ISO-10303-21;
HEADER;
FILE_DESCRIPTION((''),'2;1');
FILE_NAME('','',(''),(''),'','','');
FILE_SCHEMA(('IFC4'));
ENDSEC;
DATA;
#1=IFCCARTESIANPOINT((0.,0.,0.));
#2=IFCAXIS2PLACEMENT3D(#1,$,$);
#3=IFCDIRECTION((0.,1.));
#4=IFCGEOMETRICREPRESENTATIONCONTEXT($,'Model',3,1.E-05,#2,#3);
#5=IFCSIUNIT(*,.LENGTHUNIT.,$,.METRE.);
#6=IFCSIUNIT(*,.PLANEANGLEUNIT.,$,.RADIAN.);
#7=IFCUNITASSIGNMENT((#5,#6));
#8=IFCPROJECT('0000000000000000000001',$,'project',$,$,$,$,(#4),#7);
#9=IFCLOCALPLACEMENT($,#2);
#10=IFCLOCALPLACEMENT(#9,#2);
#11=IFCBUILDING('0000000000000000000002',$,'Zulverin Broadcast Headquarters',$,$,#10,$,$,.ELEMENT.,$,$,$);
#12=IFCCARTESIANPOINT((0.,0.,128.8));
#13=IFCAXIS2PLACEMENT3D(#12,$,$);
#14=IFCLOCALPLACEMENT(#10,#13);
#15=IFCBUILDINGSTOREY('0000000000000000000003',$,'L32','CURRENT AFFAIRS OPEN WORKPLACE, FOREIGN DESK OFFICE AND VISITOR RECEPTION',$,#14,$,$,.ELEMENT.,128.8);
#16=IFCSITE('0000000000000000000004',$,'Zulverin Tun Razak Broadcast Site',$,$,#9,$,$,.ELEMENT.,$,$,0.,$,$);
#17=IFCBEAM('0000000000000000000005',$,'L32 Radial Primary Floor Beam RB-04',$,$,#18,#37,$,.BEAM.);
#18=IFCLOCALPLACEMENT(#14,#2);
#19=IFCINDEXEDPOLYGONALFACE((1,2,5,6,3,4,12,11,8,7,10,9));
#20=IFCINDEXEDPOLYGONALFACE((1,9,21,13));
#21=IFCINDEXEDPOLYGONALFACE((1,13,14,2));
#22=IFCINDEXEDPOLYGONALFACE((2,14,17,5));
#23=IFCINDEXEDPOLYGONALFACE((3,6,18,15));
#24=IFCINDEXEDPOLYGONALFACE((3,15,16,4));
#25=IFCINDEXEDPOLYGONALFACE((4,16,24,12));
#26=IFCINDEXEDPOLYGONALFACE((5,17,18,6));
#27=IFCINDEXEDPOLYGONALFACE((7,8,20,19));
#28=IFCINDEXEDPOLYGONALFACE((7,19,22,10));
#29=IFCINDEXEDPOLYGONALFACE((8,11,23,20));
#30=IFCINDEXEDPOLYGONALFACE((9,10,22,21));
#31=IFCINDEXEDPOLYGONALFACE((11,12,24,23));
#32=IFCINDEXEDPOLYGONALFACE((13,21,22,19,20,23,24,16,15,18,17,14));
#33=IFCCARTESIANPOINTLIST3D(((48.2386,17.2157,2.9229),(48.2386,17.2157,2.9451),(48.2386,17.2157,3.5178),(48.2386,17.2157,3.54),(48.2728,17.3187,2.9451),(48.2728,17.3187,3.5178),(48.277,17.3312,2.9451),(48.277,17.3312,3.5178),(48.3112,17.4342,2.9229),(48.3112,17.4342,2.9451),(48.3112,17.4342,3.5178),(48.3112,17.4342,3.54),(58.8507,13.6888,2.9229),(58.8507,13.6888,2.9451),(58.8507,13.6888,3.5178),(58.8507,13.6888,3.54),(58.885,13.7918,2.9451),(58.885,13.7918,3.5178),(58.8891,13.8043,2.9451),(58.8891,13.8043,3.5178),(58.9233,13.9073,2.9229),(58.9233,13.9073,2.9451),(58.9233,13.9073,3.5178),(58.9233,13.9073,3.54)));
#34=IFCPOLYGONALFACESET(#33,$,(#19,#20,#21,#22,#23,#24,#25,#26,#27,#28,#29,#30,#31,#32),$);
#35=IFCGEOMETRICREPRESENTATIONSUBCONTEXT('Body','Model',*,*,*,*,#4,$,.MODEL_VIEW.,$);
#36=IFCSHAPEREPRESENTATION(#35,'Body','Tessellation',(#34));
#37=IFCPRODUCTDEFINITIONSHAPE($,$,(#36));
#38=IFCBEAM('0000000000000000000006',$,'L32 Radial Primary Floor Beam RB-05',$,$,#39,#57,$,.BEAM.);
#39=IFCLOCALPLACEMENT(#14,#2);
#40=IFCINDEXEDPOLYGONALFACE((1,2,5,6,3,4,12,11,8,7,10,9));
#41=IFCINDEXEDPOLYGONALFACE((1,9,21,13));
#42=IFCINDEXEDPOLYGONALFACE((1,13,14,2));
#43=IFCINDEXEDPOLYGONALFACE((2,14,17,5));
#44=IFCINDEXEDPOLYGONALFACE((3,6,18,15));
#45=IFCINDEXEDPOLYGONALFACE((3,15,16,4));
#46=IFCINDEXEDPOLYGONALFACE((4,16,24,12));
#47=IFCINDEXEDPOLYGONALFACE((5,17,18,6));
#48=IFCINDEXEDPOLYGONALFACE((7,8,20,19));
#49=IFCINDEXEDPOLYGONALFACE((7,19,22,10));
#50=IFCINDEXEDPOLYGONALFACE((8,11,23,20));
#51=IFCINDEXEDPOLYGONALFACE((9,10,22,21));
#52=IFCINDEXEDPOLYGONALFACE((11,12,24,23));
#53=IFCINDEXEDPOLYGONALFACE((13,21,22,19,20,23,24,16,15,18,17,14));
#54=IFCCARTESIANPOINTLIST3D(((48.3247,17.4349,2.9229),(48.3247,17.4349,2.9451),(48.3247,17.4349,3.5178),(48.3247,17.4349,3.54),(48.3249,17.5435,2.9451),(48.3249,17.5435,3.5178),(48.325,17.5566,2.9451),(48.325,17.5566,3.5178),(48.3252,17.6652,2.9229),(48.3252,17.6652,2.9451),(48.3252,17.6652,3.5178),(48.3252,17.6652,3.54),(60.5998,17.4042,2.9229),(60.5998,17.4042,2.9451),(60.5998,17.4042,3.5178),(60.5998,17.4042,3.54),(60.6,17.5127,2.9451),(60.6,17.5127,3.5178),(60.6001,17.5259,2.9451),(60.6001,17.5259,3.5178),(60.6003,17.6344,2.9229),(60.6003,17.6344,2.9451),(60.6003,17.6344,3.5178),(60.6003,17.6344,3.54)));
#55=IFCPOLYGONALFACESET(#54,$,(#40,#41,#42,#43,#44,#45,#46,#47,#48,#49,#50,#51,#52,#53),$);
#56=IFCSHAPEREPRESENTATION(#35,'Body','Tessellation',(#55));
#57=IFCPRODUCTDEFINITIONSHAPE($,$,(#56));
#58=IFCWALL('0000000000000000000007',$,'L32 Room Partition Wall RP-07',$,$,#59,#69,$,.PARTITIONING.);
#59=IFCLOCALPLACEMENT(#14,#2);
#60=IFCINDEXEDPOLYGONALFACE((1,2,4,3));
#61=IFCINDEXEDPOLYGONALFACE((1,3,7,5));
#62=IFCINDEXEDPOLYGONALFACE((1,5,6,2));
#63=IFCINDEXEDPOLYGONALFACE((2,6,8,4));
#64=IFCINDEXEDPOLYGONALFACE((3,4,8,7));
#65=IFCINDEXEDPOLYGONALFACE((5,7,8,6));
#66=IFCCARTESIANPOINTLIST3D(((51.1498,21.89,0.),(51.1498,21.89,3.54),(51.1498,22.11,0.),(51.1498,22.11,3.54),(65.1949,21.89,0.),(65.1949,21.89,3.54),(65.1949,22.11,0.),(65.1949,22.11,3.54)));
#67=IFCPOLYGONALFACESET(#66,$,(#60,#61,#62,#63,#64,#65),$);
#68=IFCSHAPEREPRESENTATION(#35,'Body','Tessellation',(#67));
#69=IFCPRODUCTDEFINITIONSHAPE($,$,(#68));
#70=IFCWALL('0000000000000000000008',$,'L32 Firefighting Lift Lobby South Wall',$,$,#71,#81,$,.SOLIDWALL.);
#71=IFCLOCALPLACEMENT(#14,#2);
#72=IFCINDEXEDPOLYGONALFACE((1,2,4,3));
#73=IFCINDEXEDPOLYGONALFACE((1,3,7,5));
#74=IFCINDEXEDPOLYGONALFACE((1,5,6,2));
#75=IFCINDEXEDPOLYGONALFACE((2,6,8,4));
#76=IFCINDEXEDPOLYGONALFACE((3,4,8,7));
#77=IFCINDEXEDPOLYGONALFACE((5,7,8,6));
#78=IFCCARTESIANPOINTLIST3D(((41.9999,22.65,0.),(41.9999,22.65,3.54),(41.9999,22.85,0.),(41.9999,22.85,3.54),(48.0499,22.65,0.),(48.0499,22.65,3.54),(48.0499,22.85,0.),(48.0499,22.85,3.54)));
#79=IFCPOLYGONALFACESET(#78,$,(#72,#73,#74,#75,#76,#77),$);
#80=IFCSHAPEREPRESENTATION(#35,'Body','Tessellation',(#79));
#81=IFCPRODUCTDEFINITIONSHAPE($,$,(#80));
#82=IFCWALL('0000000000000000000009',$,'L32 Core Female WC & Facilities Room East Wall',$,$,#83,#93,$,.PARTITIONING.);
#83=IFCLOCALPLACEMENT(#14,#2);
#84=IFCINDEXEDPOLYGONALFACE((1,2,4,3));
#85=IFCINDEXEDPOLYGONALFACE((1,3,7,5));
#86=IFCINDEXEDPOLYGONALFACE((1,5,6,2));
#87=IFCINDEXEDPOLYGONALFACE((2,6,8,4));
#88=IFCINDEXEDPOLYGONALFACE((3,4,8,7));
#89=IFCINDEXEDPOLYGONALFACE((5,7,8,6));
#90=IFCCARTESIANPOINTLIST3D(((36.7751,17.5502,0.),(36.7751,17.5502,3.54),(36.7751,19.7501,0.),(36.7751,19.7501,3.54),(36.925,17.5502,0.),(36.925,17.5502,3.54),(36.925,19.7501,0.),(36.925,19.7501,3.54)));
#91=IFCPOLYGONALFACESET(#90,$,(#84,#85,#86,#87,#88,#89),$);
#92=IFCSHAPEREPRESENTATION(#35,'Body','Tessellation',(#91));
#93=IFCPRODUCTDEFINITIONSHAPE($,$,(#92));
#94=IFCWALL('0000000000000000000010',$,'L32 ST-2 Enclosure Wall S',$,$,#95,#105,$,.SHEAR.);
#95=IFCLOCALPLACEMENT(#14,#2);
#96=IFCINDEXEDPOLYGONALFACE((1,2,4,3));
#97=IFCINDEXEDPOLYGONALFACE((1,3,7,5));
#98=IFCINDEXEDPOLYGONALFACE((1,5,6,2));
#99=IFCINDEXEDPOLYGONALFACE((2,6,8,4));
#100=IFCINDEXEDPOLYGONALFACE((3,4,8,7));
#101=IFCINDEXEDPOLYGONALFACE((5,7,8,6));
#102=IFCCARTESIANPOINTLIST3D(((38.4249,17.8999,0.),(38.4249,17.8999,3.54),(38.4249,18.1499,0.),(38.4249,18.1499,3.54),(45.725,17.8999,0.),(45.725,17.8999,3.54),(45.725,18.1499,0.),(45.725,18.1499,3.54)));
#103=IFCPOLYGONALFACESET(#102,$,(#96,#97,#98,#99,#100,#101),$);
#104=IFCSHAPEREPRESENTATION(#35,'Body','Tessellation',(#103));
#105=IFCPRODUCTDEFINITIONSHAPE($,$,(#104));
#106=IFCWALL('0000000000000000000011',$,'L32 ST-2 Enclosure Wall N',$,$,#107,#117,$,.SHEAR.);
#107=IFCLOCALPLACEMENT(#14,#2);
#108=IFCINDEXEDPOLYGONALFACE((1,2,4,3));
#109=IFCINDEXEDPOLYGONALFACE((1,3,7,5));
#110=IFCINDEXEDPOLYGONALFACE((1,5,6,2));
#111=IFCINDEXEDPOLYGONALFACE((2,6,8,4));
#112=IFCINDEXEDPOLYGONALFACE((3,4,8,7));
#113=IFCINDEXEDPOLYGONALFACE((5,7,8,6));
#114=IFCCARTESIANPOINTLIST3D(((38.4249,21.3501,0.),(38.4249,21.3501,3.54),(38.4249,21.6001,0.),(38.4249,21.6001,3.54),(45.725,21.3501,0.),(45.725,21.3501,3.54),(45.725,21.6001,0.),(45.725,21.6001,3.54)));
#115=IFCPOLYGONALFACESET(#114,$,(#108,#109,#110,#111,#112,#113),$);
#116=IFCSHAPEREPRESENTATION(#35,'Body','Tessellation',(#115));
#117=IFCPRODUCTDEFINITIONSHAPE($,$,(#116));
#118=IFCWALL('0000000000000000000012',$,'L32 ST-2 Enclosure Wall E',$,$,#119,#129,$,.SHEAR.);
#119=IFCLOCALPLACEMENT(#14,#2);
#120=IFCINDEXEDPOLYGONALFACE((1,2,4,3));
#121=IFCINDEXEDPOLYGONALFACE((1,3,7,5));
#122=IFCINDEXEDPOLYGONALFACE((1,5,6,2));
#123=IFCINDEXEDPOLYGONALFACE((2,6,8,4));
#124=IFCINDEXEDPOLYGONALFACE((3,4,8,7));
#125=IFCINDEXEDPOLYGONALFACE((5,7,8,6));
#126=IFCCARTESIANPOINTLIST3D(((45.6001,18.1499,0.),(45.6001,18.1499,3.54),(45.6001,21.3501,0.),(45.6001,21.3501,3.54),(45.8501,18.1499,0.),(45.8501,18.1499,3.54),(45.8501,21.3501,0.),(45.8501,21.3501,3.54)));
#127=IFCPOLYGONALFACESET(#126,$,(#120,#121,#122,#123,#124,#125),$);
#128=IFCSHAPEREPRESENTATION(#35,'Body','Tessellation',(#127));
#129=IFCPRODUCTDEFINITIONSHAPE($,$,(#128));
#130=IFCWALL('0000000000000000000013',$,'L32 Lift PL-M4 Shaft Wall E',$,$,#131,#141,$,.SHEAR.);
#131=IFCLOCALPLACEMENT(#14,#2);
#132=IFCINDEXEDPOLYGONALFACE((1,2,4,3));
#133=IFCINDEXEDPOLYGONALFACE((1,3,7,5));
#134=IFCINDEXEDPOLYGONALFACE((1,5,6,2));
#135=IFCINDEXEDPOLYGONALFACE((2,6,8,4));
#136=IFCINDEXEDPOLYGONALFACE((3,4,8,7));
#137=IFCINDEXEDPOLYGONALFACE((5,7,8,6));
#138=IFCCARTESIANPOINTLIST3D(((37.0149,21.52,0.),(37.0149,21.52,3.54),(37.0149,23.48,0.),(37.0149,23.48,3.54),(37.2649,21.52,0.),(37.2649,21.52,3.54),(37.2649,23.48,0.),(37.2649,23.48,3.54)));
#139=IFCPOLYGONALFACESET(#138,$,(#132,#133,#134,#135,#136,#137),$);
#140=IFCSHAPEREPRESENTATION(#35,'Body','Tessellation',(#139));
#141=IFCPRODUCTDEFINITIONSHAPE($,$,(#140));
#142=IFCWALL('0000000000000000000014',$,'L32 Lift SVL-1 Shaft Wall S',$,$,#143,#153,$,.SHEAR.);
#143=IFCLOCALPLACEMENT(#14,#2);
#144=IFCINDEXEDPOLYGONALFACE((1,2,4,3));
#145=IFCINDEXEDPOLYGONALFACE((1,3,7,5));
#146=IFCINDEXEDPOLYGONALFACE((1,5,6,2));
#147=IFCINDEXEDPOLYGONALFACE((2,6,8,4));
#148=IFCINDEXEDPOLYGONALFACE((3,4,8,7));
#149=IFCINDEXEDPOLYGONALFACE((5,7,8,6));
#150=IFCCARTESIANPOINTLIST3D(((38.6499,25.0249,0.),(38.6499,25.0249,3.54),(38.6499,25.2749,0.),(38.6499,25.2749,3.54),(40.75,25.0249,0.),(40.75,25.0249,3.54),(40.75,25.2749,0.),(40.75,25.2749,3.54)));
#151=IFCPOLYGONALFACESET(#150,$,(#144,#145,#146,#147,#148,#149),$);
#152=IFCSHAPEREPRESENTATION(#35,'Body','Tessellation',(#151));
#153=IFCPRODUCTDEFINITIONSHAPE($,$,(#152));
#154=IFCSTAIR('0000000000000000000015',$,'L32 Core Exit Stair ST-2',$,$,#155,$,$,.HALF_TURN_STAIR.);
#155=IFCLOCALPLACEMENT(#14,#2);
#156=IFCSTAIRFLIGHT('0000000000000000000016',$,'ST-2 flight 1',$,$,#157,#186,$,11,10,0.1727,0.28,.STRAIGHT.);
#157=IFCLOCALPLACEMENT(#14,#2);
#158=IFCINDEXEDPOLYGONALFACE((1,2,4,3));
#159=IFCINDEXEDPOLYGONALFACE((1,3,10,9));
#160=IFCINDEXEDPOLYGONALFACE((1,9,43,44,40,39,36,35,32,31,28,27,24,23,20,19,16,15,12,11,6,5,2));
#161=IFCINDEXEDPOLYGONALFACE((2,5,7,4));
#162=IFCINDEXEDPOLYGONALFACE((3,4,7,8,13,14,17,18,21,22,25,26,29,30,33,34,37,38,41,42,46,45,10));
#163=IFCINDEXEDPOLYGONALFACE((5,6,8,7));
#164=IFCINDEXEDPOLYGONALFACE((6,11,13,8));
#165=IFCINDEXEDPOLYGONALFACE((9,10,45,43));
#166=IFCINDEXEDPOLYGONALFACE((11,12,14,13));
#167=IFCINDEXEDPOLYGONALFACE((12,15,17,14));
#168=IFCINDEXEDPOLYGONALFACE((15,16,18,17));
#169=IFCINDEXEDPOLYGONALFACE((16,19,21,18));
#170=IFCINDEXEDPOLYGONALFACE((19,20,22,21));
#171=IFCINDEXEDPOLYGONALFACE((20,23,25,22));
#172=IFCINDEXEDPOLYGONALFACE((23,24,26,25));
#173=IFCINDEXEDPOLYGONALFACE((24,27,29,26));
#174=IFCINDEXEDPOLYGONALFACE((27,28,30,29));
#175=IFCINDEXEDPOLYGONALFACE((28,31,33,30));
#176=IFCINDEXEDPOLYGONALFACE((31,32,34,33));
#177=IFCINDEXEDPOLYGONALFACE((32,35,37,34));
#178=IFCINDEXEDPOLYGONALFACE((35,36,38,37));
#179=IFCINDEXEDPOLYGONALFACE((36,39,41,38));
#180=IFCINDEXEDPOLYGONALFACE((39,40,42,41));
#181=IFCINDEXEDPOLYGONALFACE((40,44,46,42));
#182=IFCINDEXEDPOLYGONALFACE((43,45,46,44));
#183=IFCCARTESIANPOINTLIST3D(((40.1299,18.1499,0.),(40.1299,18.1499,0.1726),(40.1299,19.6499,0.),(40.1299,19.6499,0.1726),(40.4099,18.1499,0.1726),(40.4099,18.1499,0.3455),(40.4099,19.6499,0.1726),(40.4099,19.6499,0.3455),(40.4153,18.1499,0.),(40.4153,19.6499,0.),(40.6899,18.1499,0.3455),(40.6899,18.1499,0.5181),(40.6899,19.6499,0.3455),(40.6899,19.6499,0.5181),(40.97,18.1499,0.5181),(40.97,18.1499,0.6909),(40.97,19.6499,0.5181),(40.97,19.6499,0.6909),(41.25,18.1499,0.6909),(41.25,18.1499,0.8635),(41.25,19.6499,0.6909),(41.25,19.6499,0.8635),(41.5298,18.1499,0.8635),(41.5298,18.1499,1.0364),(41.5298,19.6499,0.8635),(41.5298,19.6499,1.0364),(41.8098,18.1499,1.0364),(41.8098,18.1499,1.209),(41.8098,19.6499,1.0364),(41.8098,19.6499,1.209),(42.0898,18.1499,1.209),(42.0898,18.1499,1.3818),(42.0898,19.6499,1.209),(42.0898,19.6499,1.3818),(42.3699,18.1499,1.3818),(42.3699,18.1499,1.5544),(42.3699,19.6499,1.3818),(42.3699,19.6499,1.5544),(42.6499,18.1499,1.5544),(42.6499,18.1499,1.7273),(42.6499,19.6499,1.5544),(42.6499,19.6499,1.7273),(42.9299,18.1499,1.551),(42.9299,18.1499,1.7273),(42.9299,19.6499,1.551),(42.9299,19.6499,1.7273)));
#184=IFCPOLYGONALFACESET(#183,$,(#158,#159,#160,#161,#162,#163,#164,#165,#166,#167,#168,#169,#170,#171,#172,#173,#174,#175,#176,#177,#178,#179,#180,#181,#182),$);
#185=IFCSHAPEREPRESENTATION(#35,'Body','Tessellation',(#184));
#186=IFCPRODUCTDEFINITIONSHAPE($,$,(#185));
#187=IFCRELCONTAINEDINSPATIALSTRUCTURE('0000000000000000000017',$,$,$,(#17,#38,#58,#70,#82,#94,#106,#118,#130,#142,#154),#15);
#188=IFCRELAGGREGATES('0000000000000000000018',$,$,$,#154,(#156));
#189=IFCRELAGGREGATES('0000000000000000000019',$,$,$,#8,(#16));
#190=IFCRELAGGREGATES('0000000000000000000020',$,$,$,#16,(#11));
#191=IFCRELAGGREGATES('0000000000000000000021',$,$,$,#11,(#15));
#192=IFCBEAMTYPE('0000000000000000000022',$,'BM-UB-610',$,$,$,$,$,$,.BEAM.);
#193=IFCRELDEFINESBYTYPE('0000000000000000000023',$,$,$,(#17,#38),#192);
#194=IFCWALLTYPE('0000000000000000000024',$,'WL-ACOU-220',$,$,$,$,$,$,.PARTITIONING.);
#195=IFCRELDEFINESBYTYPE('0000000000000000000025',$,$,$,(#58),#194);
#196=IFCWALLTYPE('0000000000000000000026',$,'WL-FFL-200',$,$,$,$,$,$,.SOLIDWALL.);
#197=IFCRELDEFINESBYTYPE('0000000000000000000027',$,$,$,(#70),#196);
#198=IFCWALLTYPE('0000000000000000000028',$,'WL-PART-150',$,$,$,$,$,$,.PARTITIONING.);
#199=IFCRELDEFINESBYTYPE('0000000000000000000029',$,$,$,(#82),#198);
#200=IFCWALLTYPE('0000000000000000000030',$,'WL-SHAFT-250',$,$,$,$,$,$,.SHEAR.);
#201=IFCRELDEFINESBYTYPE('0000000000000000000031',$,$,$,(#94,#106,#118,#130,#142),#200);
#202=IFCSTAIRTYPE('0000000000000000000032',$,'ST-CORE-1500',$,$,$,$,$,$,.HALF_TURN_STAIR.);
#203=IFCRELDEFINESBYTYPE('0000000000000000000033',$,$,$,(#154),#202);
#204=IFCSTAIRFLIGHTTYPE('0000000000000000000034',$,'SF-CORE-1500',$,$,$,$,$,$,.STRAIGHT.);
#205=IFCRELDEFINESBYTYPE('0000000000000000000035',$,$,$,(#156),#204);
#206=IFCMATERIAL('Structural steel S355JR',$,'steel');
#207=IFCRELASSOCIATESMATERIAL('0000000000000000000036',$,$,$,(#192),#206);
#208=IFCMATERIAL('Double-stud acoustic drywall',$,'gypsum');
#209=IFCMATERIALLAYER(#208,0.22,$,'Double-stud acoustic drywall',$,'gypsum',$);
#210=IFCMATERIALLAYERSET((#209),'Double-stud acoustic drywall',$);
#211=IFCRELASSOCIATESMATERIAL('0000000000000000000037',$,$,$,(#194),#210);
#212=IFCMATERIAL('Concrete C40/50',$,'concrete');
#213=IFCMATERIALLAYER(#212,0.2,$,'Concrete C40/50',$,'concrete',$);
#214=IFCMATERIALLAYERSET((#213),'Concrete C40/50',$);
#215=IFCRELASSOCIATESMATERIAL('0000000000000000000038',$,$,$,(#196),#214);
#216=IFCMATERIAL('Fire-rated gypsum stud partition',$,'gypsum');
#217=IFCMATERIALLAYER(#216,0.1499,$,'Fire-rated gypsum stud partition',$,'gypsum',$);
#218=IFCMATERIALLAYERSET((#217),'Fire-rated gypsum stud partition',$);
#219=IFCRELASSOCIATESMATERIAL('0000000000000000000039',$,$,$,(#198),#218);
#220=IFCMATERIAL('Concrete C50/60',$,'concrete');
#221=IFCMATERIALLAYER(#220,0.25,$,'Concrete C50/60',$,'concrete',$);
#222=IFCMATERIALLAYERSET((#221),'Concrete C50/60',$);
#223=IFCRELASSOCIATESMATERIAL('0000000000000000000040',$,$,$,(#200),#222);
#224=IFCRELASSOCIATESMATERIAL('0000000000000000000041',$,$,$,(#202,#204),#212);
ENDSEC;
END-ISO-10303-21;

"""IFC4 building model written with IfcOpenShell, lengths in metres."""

from ifc_helpers import new_model, si_unit, direction, frame, frame_2d, origin, origin_2d, place, context, subcontext, project, spatial, polyline, rectangle, i_section, outline, extrude, material, layer, layer_set, material_profile, profile_set, type_object, element, aggregate, save


model = new_model("IFC4")

# Units and contexts
model_context = context("Model", 3, precision=1e-05, world=origin(), true_north=direction((0.0, 1.0)))
body_context = subcontext(model_context, "Body", "Model", "MODEL_VIEW")
ifc_project = project(units=[si_unit("LENGTHUNIT", "METRE"), si_unit("PLANEANGLEUNIT", "RADIAN")], contexts=[model_context])

# Site, building, storey
site_placement = place(None, origin())
site = spatial("IfcSite", under=ifc_project, at=site_placement, Name="Zulverin Tun Razak Broadcast Site", CompositionType="ELEMENT", RefElevation=0.0)
building_placement = place(site_placement, origin())
building = spatial("IfcBuilding", under=site, at=building_placement, Name="Zulverin Broadcast Headquarters", CompositionType="ELEMENT")
storey_placement = place(building_placement, frame((0.0, 0.0, 128.8)))
storey = spatial("IfcBuildingStorey", under=building, at=storey_placement, Name="L32", Description="CURRENT AFFAIRS OPEN WORKPLACE, FOREIGN DESK OFFICE AND VISITOR RECEPTION", CompositionType="ELEMENT", Elevation=128.8)

# Beams
ifc_material_1 = material(Name="Structural steel S355JR", Category="steel")
ifc_material_profile = material_profile(ifc_material_1, i_section(OverallWidth=0.2302, OverallDepth=0.6172, WebThickness=0.0132, FlangeThickness=0.0222, at=origin_2d()), Name="Structural steel S355JR", Category="steel")
ifc_profile_set = profile_set([ifc_material_profile], Name="Structural steel S355JR")
beam_type = type_object("IfcBeamType", Name="BM-UB-610", PredefinedType="BEAM", material=ifc_profile_set)
beam_1_placement = place(storey_placement, frame((48.2749, 17.325, 3.2314), z_axis=(0.948965, -0.315383, 0.0), x_axis=(0.315383, 0.948965, 0.0)))
element("IfcBeam", 1, at=beam_1_placement, inside=storey, type_object=beam_type, Name="L32 Radial Primary Floor Beam RB-04", PredefinedType="BEAM", context=body_context, shape_type="SweptSolid", body=[
    extrude(i_section(OverallWidth=0.2302, OverallDepth=0.6172, WebThickness=0.0132, FlangeThickness=0.0222, at=origin_2d()), origin(), (0.0, 0.0, 1.0), 11.1829),
])
beam_2_placement = place(storey_placement, frame((48.325, 17.55, 3.2314), z_axis=(0.999997, -0.002506, 0.0), x_axis=(0.002506, 0.999997, 0.0)))
element("IfcBeam", 2, at=beam_2_placement, inside=storey, type_object=beam_type, Name="L32 Radial Primary Floor Beam RB-05", PredefinedType="BEAM", context=body_context, shape_type="SweptSolid", body=[
    extrude(i_section(OverallWidth=0.2302, OverallDepth=0.6172, WebThickness=0.0132, FlangeThickness=0.0222, at=origin_2d()), origin(), (0.0, 0.0, 1.0), 12.2751),
])

# Wall
ifc_material_2 = material(Name="Double-stud acoustic drywall", Category="gypsum")
ifc_layer_1 = layer(ifc_material_2, 0.22, Name="Double-stud acoustic drywall", Category="gypsum")
ifc_layer_set_1 = layer_set([ifc_layer_1], Name="Double-stud acoustic drywall")
wall_type_1 = type_object("IfcWallType", Name="WL-ACOU-220", PredefinedType="PARTITIONING", material=ifc_layer_set_1)
wall_1_placement = place(storey_placement, frame((51.1499, 22.0, 0.0), z_axis=(0.0, 0.0, 1.0), x_axis=(1.0, 0.0, 0.0)))
element("IfcWall", 3, at=wall_1_placement, inside=storey, type_object=wall_type_1, Name="L32 Room Partition Wall RP-07", PredefinedType="PARTITIONING", context=body_context, shape_type="SweptSolid", body=[
    extrude(rectangle(XDim=14.0452, YDim=0.22, at=frame_2d((7.0225, 0.0))), origin(), (0.0, 0.0, 1.0), 3.54),
])

# Shared definitions
ifc_material_3 = material(Name="Concrete C40/50", Category="concrete")
ifc_layer_2 = layer(ifc_material_3, 0.2, Name="Concrete C40/50", Category="concrete")
ifc_layer_set_2 = layer_set([ifc_layer_2], Name="Concrete C40/50")
wall_type_2 = type_object("IfcWallType", Name="WL-FFL-200", PredefinedType="SOLIDWALL", material=ifc_layer_set_2)

# Walls
wall_2_placement = place(storey_placement, frame((42.0, 22.75, 0.0), z_axis=(0.0, 0.0, 1.0), x_axis=(1.0, 0.0, 0.0)))
element("IfcWall", 4, at=wall_2_placement, inside=storey, type_object=wall_type_2, Name="L32 Firefighting Lift Lobby South Wall", PredefinedType="SOLIDWALL", context=body_context, shape_type="SweptSolid", body=[
    extrude(rectangle(XDim=6.05, YDim=0.2, at=frame_2d((3.0249, 0.0))), origin(), (0.0, 0.0, 1.0), 3.54),
])
ifc_material_4 = material(Name="Fire-rated gypsum stud partition", Category="gypsum")
ifc_layer_3 = layer(ifc_material_4, 0.1499, Name="Fire-rated gypsum stud partition", Category="gypsum")
ifc_layer_set_3 = layer_set([ifc_layer_3], Name="Fire-rated gypsum stud partition")
wall_type_3 = type_object("IfcWallType", Name="WL-PART-150", PredefinedType="PARTITIONING", material=ifc_layer_set_3)
wall_3_placement = place(storey_placement, frame((36.8501, 17.55, 0.0), z_axis=(0.0, 0.0, 1.0), x_axis=(0.0, 1.0, 0.0)))
element("IfcWall", 5, at=wall_3_placement, inside=storey, type_object=wall_type_3, Name="L32 Core Female WC & Facilities Room East Wall", PredefinedType="PARTITIONING", context=body_context, shape_type="SweptSolid", body=[
    extrude(rectangle(XDim=2.2, YDim=0.1499, at=frame_2d((1.1001, 0.0))), origin(), (0.0, 0.0, 1.0), 3.54),
])
ifc_material_5 = material(Name="Concrete C50/60", Category="concrete")
ifc_layer_4 = layer(ifc_material_5, 0.25, Name="Concrete C50/60", Category="concrete")
ifc_layer_set_4 = layer_set([ifc_layer_4], Name="Concrete C50/60")
wall_type_4 = type_object("IfcWallType", Name="WL-SHAFT-250", PredefinedType="SHEAR", material=ifc_layer_set_4)
for number, where, z_axis, x_axis, name in (
    (6, (38.425, 18.0249, 0.0), (0.0, 0.0, 1.0), (1.0, 0.0, 0.0), "L32 ST-2 Enclosure Wall S"),
    (7, (38.425, 21.4751, 0.0), (0.0, 0.0, 1.0), (1.0, 0.0, 0.0), "L32 ST-2 Enclosure Wall N"),
):
    element("IfcWall", number, at=place(storey_placement, frame(where, z_axis=z_axis, x_axis=x_axis)), inside=storey, type_object=wall_type_4, Name=name, PredefinedType="SHEAR", context=body_context, shape_type="SweptSolid", body=[
        extrude(rectangle(XDim=7.3, YDim=0.25, at=frame_2d((3.6499, 0.0))), origin(), (0.0, 0.0, 1.0), 3.54),
    ])

# Walls
wall_4_placement = place(storey_placement, frame((45.7251, 18.1499, 0.0), z_axis=(0.0, 0.0, 1.0), x_axis=(0.0, 1.0, 0.0)))
element("IfcWall", 8, at=wall_4_placement, inside=storey, type_object=wall_type_4, Name="L32 ST-2 Enclosure Wall E", PredefinedType="SHEAR", context=body_context, shape_type="SweptSolid", body=[
    extrude(rectangle(XDim=3.2002, YDim=0.25, at=frame_2d((1.6001, 0.0))), origin(), (0.0, 0.0, 1.0), 3.54),
])
wall_5_placement = place(storey_placement, frame((37.1399, 21.52, 0.0), z_axis=(0.0, 0.0, 1.0), x_axis=(0.0, 1.0, 0.0)))
element("IfcWall", 9, at=wall_5_placement, inside=storey, type_object=wall_type_4, Name="L32 Lift PL-M4 Shaft Wall E", PredefinedType="SHEAR", context=body_context, shape_type="SweptSolid", body=[
    extrude(rectangle(XDim=1.96, YDim=0.25, at=frame_2d((0.98, 0.0))), origin(), (0.0, 0.0, 1.0), 3.54),
])
wall_6_placement = place(storey_placement, frame((38.6499, 25.1499, 0.0), z_axis=(0.0, 0.0, 1.0), x_axis=(1.0, 0.0, 0.0)))
element("IfcWall", 10, at=wall_6_placement, inside=storey, type_object=wall_type_4, Name="L32 Lift SVL-1 Shaft Wall S", PredefinedType="SHEAR", context=body_context, shape_type="SweptSolid", body=[
    extrude(rectangle(XDim=2.1001, YDim=0.25, at=frame_2d((1.05, 0.0))), origin(), (0.0, 0.0, 1.0), 3.54),
])

# Stair, stair flight
stair_type = type_object("IfcStairType", Name="ST-CORE-1500", PredefinedType="HALF_TURN_STAIR", material=ifc_material_3)
stair_placement = place(storey_placement, origin())
stair = element("IfcStair", 11, at=stair_placement, inside=storey, type_object=stair_type, Name="L32 Core Exit Stair ST-2", PredefinedType="HALF_TURN_STAIR")
stair_flight_type = type_object("IfcStairFlightType", Name="SF-CORE-1500", PredefinedType="STRAIGHT", material=ifc_material_3)
stair_flight_1_placement = place(storey_placement, frame((40.1299, 18.8999, 0.0), z_axis=(0.0, 0.0, 1.0), x_axis=(1.0, 0.0, 0.0)))
stair_flight_1 = element("IfcStairFlight", 12, at=stair_flight_1_placement, type_object=stair_flight_type, Name="ST-2 flight 1", NumberOfRisers=11, NumberOfTreads=10, PredefinedType="STRAIGHT", RiserHeight=0.1727, TreadLength=0.28, context=body_context, shape_type="SweptSolid", body=[
    extrude(outline(polyline([(0.0, 0.0), (0.0, 0.1726), (0.28, 0.1726), (0.28, 0.3455), (0.5601, 0.3455), (0.5601, 0.5181), (0.8401, 0.5181), (0.8401, 0.6909), (1.1201, 0.6909), (1.1201, 0.8635), (1.3999, 0.8635), (1.3999, 1.0364), (1.6799, 1.0364), (1.6799, 1.209), (1.96, 1.209), (1.96, 1.3818), (2.24, 1.3818), (2.24, 1.5544), (2.52, 1.5544), (2.52, 1.7273), (2.8, 1.7273), (2.8, 1.8999), (2.8, 1.551), (0.2854, 0.0), (0.0, 0.0)])), frame((0.0, 0.75, 0.0), z_axis=(0.0, -1.0, 0.0), x_axis=(1.0, 0.0, 0.0)), (0.0, 0.0, 1.0), 1.5),
])
aggregate(stair, [stair_flight_1])

save(model, "model.ifc")
